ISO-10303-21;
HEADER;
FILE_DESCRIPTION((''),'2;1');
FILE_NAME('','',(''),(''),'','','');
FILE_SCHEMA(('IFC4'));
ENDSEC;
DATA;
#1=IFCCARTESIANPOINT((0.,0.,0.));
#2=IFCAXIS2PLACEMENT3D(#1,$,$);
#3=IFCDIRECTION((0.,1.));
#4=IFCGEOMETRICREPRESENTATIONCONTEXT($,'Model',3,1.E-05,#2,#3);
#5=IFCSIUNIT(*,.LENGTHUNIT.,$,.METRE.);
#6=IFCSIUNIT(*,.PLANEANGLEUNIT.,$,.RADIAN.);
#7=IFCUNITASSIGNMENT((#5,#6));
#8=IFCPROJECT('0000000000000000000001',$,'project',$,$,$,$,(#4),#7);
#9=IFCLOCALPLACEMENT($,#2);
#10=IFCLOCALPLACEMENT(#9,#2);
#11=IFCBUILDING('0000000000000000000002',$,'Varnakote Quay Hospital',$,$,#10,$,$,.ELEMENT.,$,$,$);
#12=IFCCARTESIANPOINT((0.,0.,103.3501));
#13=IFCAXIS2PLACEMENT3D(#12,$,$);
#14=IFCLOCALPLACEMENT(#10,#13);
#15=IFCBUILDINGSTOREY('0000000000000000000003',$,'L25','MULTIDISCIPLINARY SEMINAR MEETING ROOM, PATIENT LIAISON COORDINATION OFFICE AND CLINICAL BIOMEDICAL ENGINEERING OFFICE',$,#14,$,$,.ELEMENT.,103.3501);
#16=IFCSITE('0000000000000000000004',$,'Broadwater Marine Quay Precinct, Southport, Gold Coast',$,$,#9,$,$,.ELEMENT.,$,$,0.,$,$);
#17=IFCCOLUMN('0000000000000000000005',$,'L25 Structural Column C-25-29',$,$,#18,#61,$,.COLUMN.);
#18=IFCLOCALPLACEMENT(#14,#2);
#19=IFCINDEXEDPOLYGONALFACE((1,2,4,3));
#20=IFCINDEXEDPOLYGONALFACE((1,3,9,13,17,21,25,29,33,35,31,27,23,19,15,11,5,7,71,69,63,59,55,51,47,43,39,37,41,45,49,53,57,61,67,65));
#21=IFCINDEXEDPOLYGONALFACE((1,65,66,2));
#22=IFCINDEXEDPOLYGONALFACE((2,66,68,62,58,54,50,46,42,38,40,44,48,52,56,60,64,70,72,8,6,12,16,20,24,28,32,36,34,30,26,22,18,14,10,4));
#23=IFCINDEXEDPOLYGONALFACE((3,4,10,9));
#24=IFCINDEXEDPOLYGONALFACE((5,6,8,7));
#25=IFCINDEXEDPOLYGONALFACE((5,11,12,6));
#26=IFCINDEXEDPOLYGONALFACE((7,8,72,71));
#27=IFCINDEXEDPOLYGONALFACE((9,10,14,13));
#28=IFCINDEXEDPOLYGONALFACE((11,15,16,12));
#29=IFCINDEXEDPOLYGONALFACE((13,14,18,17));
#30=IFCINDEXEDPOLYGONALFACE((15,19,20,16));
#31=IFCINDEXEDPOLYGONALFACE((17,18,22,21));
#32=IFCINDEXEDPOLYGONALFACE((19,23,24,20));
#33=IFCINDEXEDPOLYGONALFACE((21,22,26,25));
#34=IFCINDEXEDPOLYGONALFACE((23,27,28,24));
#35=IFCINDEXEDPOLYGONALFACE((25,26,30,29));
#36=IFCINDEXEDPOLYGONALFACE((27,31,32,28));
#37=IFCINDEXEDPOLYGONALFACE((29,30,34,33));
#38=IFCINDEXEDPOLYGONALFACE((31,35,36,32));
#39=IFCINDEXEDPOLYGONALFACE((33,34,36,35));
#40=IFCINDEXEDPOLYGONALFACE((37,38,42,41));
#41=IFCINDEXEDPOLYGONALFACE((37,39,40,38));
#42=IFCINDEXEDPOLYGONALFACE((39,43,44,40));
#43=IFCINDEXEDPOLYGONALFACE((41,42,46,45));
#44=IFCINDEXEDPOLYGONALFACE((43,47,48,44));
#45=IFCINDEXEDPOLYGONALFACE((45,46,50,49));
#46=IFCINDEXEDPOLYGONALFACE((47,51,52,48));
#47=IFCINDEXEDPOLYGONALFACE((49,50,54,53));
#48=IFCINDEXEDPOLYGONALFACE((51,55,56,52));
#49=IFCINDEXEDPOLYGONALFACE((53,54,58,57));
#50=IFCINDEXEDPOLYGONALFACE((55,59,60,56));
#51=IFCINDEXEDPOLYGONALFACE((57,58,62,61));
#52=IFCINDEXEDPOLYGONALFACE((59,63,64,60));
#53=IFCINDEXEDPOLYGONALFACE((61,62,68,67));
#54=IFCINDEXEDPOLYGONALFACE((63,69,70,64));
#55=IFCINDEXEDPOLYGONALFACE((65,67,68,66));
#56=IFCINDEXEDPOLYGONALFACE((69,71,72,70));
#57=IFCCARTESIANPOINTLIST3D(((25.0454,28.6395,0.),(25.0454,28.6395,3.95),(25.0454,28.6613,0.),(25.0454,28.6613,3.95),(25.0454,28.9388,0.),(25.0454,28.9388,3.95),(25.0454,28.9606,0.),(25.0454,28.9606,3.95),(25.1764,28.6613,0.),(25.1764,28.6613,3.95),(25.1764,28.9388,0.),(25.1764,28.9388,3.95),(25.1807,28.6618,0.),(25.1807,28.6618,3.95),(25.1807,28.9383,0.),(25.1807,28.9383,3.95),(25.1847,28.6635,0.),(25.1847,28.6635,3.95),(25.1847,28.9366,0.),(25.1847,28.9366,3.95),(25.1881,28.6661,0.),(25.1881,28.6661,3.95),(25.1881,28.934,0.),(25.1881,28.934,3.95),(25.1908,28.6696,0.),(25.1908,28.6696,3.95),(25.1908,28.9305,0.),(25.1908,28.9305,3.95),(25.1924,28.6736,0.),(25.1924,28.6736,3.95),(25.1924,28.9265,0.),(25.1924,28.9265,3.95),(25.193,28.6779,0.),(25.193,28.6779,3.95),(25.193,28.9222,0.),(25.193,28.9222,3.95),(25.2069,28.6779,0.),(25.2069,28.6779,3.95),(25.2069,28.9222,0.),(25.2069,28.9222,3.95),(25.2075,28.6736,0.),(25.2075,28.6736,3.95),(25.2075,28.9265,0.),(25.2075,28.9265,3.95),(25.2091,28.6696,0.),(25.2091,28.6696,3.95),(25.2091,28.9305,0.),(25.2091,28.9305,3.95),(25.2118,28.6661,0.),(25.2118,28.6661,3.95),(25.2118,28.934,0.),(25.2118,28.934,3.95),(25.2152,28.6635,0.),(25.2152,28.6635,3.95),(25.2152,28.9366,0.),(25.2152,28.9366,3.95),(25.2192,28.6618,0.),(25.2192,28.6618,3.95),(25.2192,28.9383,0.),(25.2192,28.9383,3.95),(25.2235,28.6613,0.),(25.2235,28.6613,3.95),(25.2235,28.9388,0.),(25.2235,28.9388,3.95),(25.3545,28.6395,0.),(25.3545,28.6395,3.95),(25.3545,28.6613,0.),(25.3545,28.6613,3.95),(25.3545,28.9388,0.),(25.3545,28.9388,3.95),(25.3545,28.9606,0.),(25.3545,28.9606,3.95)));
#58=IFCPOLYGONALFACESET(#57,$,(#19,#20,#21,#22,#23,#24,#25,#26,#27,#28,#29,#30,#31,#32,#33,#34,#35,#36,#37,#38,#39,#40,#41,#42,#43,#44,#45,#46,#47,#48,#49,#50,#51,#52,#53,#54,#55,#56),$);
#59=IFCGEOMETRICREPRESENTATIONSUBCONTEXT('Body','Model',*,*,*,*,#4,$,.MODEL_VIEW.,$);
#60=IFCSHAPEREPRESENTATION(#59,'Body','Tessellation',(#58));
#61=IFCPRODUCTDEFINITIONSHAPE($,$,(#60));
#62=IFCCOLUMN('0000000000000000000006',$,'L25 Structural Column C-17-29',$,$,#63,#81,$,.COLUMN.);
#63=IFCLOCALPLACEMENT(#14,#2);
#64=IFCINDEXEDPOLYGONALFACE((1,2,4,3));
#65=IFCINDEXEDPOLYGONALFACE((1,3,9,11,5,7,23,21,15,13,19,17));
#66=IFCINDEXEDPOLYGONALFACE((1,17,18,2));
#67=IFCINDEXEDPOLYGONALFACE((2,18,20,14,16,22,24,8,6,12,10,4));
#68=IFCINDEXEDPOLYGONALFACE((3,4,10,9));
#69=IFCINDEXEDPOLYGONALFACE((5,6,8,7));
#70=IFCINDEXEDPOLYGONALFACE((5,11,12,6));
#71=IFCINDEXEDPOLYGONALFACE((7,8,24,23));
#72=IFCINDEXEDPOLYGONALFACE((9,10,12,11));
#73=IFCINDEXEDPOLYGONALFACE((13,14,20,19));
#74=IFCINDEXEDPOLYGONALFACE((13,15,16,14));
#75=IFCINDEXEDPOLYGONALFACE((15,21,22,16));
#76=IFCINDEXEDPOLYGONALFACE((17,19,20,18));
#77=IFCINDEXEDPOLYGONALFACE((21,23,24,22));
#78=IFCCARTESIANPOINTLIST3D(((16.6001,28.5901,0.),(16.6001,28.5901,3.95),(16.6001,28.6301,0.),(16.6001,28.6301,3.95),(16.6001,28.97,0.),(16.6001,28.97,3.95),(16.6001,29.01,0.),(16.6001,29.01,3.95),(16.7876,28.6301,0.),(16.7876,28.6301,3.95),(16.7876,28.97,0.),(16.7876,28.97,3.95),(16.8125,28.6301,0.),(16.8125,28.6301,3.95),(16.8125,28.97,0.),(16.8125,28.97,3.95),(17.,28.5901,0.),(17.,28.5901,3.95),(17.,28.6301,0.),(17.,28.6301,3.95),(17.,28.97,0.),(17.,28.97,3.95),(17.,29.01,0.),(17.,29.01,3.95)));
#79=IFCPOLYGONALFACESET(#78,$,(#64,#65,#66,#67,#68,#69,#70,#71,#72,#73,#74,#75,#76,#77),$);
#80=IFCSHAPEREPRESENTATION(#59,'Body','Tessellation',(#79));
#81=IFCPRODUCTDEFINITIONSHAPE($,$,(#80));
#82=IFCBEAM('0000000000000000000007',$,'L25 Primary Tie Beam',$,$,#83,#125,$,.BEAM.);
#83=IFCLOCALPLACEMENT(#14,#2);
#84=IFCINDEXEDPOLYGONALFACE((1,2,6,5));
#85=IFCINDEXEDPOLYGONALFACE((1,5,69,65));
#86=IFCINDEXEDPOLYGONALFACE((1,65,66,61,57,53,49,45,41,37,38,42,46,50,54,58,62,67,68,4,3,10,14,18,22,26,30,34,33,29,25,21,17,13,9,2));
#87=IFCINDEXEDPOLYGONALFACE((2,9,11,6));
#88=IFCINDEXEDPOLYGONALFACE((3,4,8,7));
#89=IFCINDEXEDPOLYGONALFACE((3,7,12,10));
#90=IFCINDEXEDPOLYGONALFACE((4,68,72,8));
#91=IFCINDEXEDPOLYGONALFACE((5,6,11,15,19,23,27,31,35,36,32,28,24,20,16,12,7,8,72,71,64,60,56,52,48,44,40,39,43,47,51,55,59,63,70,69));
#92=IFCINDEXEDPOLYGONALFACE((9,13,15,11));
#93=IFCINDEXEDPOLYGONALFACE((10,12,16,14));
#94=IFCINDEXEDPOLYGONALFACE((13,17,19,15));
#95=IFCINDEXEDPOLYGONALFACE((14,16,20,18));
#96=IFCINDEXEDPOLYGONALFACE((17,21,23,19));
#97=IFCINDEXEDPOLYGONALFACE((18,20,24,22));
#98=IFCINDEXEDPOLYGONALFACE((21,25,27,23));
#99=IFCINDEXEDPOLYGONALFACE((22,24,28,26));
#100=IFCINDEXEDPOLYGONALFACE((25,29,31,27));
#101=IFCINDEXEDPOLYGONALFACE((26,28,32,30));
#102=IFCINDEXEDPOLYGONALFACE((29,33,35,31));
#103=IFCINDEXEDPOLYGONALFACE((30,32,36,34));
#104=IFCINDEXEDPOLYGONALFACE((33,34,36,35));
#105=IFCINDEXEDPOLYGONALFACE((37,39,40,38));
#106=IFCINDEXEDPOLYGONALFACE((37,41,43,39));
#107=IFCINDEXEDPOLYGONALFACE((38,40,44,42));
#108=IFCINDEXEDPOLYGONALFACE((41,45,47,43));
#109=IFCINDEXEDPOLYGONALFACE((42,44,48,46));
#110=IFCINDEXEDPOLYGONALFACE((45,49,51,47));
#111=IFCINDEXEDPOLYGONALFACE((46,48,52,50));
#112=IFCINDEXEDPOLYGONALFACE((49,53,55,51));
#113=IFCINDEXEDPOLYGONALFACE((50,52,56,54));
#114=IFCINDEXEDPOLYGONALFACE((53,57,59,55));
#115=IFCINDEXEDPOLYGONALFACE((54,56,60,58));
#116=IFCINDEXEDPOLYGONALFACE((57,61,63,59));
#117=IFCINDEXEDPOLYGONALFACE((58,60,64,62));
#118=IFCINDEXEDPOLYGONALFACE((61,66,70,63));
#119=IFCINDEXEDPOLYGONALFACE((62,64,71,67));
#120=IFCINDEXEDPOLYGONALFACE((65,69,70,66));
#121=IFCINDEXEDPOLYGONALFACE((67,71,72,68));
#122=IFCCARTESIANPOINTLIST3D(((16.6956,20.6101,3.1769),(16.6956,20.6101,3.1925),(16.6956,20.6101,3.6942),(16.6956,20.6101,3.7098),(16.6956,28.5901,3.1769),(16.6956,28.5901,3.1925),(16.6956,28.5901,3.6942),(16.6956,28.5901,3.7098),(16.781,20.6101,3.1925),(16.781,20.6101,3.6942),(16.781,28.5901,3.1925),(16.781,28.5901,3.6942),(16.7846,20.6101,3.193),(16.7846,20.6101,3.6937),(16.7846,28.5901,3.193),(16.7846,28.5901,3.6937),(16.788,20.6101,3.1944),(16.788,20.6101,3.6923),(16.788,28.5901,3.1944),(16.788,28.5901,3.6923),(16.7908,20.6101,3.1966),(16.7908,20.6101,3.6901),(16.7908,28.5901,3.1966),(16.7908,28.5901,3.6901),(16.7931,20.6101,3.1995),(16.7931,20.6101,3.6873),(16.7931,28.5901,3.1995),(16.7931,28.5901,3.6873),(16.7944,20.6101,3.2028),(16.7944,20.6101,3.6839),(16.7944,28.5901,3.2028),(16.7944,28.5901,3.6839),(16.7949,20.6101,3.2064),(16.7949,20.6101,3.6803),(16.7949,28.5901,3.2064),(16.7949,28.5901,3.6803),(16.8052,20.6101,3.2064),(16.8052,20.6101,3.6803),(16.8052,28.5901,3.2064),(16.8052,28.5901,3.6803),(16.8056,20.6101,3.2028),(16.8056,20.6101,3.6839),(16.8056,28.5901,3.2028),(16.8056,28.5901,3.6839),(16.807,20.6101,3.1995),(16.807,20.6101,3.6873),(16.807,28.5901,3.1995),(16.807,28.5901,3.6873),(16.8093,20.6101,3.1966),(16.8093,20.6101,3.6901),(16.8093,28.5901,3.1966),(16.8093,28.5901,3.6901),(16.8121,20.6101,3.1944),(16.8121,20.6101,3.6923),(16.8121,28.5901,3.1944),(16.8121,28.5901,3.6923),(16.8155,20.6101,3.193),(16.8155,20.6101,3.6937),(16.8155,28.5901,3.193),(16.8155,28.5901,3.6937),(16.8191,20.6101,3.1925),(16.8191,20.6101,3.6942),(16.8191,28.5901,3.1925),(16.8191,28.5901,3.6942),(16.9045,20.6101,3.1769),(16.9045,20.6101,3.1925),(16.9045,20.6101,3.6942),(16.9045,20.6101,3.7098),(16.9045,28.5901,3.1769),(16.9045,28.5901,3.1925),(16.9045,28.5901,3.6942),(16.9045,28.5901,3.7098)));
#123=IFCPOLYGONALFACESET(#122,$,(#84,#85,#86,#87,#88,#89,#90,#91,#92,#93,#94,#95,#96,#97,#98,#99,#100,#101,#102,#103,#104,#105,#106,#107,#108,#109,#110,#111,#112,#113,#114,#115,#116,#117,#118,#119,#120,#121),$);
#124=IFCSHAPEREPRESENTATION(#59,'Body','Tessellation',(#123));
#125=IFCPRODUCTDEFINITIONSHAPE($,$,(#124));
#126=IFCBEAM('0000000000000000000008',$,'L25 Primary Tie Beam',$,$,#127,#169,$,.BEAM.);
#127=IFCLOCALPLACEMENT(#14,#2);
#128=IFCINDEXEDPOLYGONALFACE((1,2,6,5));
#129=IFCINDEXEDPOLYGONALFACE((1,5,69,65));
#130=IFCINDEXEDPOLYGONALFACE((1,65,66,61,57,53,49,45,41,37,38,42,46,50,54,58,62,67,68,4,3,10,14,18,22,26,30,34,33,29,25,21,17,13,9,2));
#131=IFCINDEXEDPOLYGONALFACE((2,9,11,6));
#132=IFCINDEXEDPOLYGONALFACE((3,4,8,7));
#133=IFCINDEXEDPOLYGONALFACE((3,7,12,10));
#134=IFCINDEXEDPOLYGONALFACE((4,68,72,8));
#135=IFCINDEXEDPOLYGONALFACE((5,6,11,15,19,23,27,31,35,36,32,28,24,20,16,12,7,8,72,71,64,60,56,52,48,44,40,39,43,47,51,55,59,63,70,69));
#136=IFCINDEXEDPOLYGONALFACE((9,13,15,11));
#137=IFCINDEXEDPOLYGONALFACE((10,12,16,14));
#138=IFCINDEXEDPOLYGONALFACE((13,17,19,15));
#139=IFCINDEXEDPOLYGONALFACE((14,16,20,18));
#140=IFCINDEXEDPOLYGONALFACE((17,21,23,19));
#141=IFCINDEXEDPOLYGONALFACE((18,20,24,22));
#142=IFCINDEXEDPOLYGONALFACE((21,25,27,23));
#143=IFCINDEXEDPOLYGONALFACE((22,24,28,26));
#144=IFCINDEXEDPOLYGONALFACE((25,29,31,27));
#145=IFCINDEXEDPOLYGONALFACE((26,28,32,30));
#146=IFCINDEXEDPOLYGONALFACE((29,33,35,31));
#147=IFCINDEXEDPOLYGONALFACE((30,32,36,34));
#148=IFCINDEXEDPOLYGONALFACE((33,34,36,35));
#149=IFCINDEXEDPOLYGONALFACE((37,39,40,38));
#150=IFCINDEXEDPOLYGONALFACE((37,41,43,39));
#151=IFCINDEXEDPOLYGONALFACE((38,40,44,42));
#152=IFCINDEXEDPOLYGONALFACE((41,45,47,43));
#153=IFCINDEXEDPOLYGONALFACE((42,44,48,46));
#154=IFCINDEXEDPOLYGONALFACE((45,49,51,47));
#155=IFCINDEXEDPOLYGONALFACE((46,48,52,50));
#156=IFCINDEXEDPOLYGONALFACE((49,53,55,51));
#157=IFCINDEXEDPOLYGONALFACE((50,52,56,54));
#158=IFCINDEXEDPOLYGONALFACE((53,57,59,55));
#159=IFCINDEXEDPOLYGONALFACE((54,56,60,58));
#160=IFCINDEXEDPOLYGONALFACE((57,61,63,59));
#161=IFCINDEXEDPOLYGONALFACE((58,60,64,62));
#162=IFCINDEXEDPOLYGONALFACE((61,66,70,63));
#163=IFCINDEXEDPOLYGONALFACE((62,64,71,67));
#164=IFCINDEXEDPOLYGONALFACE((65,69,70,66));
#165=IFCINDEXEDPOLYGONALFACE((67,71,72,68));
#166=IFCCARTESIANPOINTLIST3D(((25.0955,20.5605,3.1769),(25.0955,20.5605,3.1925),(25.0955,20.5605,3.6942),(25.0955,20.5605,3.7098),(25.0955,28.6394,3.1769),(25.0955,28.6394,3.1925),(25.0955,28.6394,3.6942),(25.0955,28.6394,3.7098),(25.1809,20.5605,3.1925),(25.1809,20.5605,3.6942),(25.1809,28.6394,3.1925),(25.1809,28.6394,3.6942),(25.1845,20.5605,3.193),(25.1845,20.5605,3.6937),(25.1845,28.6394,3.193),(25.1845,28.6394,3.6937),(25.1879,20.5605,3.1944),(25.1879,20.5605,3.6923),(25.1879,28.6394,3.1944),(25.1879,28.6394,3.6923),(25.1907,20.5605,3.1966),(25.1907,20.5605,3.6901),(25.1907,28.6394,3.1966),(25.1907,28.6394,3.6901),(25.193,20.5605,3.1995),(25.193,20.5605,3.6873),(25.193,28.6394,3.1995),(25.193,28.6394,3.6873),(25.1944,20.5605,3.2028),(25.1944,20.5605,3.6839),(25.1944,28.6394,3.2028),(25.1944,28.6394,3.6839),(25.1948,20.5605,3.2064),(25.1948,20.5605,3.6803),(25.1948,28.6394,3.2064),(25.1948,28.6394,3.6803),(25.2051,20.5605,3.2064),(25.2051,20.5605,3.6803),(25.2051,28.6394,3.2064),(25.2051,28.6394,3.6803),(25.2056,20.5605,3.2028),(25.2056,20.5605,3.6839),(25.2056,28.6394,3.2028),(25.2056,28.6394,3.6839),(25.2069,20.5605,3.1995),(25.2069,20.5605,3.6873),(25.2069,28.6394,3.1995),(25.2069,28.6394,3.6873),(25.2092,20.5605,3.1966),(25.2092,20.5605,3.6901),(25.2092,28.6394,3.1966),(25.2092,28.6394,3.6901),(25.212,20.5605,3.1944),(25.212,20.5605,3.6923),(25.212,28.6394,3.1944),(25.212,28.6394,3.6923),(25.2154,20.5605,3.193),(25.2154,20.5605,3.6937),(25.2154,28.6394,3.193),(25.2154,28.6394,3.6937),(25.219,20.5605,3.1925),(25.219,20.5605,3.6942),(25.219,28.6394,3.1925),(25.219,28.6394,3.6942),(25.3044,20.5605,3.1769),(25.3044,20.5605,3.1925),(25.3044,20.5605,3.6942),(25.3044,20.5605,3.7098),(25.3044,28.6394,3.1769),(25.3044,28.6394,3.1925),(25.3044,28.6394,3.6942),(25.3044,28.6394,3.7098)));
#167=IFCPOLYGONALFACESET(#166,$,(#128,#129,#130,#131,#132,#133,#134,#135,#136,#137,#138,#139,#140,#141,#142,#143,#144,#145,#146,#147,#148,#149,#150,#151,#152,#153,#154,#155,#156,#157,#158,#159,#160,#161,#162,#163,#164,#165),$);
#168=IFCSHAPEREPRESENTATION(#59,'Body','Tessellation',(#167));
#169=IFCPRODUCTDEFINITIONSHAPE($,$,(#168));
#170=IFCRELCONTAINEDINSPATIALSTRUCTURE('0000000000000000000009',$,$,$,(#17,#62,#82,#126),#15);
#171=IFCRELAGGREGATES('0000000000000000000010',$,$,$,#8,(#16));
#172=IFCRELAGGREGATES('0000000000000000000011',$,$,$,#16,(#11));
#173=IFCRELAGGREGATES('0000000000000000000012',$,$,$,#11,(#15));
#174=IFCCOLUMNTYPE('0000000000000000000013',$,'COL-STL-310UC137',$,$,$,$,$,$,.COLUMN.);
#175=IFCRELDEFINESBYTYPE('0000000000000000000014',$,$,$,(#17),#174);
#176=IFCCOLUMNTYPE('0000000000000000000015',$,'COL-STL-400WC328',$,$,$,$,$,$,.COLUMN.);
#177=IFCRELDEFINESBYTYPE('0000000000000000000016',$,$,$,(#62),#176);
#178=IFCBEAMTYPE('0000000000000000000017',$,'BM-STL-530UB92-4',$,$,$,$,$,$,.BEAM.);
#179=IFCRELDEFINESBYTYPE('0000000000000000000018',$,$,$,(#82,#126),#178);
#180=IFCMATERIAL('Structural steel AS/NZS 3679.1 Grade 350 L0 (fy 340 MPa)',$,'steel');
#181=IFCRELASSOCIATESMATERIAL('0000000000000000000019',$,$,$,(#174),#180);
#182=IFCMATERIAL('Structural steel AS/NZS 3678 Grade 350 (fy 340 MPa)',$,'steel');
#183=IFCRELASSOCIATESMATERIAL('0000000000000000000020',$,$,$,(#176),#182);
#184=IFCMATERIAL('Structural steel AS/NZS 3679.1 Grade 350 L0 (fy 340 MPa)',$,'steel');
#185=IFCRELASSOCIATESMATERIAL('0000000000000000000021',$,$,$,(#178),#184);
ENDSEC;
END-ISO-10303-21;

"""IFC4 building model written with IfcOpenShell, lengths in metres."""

from ifc_helpers import new_model, si_unit, direction, frame, origin, origin_2d, place, context, subcontext, project, spatial, i_section, extrude, material, material_profile, profile_set, type_object, element, save


model = new_model("IFC4")

# Units and contexts
model_context = context("Model", 3, precision=1e-05, world=origin(), true_north=direction((0.0, 1.0)))
body_context = subcontext(model_context, "Body", "Model", "MODEL_VIEW")
ifc_project = project(units=[si_unit("LENGTHUNIT", "METRE"), si_unit("PLANEANGLEUNIT", "RADIAN")], contexts=[model_context])

# Site, building, storey
site_placement = place(None, origin())
site = spatial("IfcSite", under=ifc_project, at=site_placement, Name="Broadwater Marine Quay Precinct, Southport, Gold Coast", CompositionType="ELEMENT", RefElevation=0.0)
building_placement = place(site_placement, origin())
building = spatial("IfcBuilding", under=site, at=building_placement, Name="Varnakote Quay Hospital", CompositionType="ELEMENT")
storey_placement = place(building_placement, frame((0.0, 0.0, 103.3501)))
storey = spatial("IfcBuildingStorey", under=building, at=storey_placement, Name="L25", Description="MULTIDISCIPLINARY SEMINAR MEETING ROOM, PATIENT LIAISON COORDINATION OFFICE AND CLINICAL BIOMEDICAL ENGINEERING OFFICE", CompositionType="ELEMENT", Elevation=103.3501)

# Columns
ifc_material_1 = material(Name="Structural steel AS/NZS 3679.1 Grade 350 L0 (fy 340 MPa)", Category="steel")
ifc_material_profile_1 = material_profile(ifc_material_1, i_section(OverallWidth=0.3091, OverallDepth=0.321, WebThickness=0.0139, FlangeThickness=0.0217, FilletRadius=0.0166, at=origin_2d()), Name="310UC137")
ifc_profile_set_1 = profile_set([ifc_material_profile_1], Name="Structural steel AS/NZS 3679.1 Grade 350 L0 (fy 340 MPa)")
column_type_1 = type_object("IfcColumnType", Name="COL-STL-310UC137", PredefinedType="COLUMN", material=ifc_profile_set_1)
column_1_placement = place(storey_placement, frame((25.2, 28.8, 0.0), z_axis=(0.0, 0.0, 1.0), x_axis=(1.0, 0.0, 0.0)))
element("IfcColumn", 1, at=column_1_placement, inside=storey, type_object=column_type_1, Name="L25 Structural Column C-25-29", PredefinedType="COLUMN", context=body_context, shape_type="SweptSolid", body=[
    extrude(i_section(OverallWidth=0.3091, OverallDepth=0.321, WebThickness=0.0139, FlangeThickness=0.0217, FilletRadius=0.0166, at=origin_2d()), origin(), (0.0, 0.0, 1.0), 3.95),
])
ifc_material_2 = material(Name="Structural steel AS/NZS 3678 Grade 350 (fy 340 MPa)", Category="steel")
ifc_material_profile_2 = material_profile(ifc_material_2, i_section(OverallWidth=0.3999, OverallDepth=0.4199, WebThickness=0.0249, FlangeThickness=0.04, at=origin_2d()), Name="400WC328")
ifc_profile_set_2 = profile_set([ifc_material_profile_2], Name="Structural steel AS/NZS 3678 Grade 350 (fy 340 MPa)")
column_type_2 = type_object("IfcColumnType", Name="COL-STL-400WC328", PredefinedType="COLUMN", material=ifc_profile_set_2)
column_2_placement = place(storey_placement, frame((16.8, 28.8, 0.0), z_axis=(0.0, 0.0, 1.0), x_axis=(1.0, 0.0, 0.0)))
element("IfcColumn", 2, at=column_2_placement, inside=storey, type_object=column_type_2, Name="L25 Structural Column C-17-29", PredefinedType="COLUMN", context=body_context, shape_type="SweptSolid", body=[
    extrude(i_section(OverallWidth=0.3999, OverallDepth=0.4199, WebThickness=0.0249, FlangeThickness=0.04, at=origin_2d()), origin(), (0.0, 0.0, 1.0), 3.95),
])

# Beams
ifc_material_3 = material(Name="Structural steel AS/NZS 3679.1 Grade 350 L0 (fy 340 MPa)", Category="steel")
ifc_material_profile_3 = material_profile(ifc_material_3, i_section(OverallWidth=0.209, OverallDepth=0.533, WebThickness=0.0103, FlangeThickness=0.0156, FilletRadius=0.0139, at=origin_2d()), Name="530UB92.4")
ifc_profile_set_3 = profile_set([ifc_material_profile_3], Name="Structural steel AS/NZS 3679.1 Grade 350 L0 (fy 340 MPa)")
beam_type_1 = type_object("IfcBeamType", Name="BM-STL-530UB92-4", PredefinedType="BEAM", material=ifc_profile_set_3)
beam_1_placement = place(storey_placement, frame((16.8, 20.6101, 3.4434), z_axis=(0.0, 1.0, 0.0), x_axis=(-1.0, 0.0, 0.0)))
element("IfcBeam", 3, at=beam_1_placement, inside=storey, type_object=beam_type_1, Name="L25 Primary Tie Beam", PredefinedType="BEAM", context=body_context, shape_type="SweptSolid", body=[
    extrude(i_section(OverallWidth=0.209, OverallDepth=0.533, WebThickness=0.0103, FlangeThickness=0.0156, FilletRadius=0.0139, at=origin_2d()), origin(), (0.0, 0.0, 1.0), 7.98),
])
beam_2_placement = place(storey_placement, frame((25.2, 20.5605, 3.4434), z_axis=(0.0, 1.0, 0.0), x_axis=(-1.0, 0.0, 0.0)))
element("IfcBeam", 4, at=beam_2_placement, inside=storey, type_object=beam_type_1, Name="L25 Primary Tie Beam", PredefinedType="BEAM", context=body_context, shape_type="SweptSolid", body=[
    extrude(i_section(OverallWidth=0.209, OverallDepth=0.533, WebThickness=0.0103, FlangeThickness=0.0156, FilletRadius=0.0139, at=origin_2d()), origin(), (0.0, 0.0, 1.0), 8.0789),
])

save(model, "model.ifc")
